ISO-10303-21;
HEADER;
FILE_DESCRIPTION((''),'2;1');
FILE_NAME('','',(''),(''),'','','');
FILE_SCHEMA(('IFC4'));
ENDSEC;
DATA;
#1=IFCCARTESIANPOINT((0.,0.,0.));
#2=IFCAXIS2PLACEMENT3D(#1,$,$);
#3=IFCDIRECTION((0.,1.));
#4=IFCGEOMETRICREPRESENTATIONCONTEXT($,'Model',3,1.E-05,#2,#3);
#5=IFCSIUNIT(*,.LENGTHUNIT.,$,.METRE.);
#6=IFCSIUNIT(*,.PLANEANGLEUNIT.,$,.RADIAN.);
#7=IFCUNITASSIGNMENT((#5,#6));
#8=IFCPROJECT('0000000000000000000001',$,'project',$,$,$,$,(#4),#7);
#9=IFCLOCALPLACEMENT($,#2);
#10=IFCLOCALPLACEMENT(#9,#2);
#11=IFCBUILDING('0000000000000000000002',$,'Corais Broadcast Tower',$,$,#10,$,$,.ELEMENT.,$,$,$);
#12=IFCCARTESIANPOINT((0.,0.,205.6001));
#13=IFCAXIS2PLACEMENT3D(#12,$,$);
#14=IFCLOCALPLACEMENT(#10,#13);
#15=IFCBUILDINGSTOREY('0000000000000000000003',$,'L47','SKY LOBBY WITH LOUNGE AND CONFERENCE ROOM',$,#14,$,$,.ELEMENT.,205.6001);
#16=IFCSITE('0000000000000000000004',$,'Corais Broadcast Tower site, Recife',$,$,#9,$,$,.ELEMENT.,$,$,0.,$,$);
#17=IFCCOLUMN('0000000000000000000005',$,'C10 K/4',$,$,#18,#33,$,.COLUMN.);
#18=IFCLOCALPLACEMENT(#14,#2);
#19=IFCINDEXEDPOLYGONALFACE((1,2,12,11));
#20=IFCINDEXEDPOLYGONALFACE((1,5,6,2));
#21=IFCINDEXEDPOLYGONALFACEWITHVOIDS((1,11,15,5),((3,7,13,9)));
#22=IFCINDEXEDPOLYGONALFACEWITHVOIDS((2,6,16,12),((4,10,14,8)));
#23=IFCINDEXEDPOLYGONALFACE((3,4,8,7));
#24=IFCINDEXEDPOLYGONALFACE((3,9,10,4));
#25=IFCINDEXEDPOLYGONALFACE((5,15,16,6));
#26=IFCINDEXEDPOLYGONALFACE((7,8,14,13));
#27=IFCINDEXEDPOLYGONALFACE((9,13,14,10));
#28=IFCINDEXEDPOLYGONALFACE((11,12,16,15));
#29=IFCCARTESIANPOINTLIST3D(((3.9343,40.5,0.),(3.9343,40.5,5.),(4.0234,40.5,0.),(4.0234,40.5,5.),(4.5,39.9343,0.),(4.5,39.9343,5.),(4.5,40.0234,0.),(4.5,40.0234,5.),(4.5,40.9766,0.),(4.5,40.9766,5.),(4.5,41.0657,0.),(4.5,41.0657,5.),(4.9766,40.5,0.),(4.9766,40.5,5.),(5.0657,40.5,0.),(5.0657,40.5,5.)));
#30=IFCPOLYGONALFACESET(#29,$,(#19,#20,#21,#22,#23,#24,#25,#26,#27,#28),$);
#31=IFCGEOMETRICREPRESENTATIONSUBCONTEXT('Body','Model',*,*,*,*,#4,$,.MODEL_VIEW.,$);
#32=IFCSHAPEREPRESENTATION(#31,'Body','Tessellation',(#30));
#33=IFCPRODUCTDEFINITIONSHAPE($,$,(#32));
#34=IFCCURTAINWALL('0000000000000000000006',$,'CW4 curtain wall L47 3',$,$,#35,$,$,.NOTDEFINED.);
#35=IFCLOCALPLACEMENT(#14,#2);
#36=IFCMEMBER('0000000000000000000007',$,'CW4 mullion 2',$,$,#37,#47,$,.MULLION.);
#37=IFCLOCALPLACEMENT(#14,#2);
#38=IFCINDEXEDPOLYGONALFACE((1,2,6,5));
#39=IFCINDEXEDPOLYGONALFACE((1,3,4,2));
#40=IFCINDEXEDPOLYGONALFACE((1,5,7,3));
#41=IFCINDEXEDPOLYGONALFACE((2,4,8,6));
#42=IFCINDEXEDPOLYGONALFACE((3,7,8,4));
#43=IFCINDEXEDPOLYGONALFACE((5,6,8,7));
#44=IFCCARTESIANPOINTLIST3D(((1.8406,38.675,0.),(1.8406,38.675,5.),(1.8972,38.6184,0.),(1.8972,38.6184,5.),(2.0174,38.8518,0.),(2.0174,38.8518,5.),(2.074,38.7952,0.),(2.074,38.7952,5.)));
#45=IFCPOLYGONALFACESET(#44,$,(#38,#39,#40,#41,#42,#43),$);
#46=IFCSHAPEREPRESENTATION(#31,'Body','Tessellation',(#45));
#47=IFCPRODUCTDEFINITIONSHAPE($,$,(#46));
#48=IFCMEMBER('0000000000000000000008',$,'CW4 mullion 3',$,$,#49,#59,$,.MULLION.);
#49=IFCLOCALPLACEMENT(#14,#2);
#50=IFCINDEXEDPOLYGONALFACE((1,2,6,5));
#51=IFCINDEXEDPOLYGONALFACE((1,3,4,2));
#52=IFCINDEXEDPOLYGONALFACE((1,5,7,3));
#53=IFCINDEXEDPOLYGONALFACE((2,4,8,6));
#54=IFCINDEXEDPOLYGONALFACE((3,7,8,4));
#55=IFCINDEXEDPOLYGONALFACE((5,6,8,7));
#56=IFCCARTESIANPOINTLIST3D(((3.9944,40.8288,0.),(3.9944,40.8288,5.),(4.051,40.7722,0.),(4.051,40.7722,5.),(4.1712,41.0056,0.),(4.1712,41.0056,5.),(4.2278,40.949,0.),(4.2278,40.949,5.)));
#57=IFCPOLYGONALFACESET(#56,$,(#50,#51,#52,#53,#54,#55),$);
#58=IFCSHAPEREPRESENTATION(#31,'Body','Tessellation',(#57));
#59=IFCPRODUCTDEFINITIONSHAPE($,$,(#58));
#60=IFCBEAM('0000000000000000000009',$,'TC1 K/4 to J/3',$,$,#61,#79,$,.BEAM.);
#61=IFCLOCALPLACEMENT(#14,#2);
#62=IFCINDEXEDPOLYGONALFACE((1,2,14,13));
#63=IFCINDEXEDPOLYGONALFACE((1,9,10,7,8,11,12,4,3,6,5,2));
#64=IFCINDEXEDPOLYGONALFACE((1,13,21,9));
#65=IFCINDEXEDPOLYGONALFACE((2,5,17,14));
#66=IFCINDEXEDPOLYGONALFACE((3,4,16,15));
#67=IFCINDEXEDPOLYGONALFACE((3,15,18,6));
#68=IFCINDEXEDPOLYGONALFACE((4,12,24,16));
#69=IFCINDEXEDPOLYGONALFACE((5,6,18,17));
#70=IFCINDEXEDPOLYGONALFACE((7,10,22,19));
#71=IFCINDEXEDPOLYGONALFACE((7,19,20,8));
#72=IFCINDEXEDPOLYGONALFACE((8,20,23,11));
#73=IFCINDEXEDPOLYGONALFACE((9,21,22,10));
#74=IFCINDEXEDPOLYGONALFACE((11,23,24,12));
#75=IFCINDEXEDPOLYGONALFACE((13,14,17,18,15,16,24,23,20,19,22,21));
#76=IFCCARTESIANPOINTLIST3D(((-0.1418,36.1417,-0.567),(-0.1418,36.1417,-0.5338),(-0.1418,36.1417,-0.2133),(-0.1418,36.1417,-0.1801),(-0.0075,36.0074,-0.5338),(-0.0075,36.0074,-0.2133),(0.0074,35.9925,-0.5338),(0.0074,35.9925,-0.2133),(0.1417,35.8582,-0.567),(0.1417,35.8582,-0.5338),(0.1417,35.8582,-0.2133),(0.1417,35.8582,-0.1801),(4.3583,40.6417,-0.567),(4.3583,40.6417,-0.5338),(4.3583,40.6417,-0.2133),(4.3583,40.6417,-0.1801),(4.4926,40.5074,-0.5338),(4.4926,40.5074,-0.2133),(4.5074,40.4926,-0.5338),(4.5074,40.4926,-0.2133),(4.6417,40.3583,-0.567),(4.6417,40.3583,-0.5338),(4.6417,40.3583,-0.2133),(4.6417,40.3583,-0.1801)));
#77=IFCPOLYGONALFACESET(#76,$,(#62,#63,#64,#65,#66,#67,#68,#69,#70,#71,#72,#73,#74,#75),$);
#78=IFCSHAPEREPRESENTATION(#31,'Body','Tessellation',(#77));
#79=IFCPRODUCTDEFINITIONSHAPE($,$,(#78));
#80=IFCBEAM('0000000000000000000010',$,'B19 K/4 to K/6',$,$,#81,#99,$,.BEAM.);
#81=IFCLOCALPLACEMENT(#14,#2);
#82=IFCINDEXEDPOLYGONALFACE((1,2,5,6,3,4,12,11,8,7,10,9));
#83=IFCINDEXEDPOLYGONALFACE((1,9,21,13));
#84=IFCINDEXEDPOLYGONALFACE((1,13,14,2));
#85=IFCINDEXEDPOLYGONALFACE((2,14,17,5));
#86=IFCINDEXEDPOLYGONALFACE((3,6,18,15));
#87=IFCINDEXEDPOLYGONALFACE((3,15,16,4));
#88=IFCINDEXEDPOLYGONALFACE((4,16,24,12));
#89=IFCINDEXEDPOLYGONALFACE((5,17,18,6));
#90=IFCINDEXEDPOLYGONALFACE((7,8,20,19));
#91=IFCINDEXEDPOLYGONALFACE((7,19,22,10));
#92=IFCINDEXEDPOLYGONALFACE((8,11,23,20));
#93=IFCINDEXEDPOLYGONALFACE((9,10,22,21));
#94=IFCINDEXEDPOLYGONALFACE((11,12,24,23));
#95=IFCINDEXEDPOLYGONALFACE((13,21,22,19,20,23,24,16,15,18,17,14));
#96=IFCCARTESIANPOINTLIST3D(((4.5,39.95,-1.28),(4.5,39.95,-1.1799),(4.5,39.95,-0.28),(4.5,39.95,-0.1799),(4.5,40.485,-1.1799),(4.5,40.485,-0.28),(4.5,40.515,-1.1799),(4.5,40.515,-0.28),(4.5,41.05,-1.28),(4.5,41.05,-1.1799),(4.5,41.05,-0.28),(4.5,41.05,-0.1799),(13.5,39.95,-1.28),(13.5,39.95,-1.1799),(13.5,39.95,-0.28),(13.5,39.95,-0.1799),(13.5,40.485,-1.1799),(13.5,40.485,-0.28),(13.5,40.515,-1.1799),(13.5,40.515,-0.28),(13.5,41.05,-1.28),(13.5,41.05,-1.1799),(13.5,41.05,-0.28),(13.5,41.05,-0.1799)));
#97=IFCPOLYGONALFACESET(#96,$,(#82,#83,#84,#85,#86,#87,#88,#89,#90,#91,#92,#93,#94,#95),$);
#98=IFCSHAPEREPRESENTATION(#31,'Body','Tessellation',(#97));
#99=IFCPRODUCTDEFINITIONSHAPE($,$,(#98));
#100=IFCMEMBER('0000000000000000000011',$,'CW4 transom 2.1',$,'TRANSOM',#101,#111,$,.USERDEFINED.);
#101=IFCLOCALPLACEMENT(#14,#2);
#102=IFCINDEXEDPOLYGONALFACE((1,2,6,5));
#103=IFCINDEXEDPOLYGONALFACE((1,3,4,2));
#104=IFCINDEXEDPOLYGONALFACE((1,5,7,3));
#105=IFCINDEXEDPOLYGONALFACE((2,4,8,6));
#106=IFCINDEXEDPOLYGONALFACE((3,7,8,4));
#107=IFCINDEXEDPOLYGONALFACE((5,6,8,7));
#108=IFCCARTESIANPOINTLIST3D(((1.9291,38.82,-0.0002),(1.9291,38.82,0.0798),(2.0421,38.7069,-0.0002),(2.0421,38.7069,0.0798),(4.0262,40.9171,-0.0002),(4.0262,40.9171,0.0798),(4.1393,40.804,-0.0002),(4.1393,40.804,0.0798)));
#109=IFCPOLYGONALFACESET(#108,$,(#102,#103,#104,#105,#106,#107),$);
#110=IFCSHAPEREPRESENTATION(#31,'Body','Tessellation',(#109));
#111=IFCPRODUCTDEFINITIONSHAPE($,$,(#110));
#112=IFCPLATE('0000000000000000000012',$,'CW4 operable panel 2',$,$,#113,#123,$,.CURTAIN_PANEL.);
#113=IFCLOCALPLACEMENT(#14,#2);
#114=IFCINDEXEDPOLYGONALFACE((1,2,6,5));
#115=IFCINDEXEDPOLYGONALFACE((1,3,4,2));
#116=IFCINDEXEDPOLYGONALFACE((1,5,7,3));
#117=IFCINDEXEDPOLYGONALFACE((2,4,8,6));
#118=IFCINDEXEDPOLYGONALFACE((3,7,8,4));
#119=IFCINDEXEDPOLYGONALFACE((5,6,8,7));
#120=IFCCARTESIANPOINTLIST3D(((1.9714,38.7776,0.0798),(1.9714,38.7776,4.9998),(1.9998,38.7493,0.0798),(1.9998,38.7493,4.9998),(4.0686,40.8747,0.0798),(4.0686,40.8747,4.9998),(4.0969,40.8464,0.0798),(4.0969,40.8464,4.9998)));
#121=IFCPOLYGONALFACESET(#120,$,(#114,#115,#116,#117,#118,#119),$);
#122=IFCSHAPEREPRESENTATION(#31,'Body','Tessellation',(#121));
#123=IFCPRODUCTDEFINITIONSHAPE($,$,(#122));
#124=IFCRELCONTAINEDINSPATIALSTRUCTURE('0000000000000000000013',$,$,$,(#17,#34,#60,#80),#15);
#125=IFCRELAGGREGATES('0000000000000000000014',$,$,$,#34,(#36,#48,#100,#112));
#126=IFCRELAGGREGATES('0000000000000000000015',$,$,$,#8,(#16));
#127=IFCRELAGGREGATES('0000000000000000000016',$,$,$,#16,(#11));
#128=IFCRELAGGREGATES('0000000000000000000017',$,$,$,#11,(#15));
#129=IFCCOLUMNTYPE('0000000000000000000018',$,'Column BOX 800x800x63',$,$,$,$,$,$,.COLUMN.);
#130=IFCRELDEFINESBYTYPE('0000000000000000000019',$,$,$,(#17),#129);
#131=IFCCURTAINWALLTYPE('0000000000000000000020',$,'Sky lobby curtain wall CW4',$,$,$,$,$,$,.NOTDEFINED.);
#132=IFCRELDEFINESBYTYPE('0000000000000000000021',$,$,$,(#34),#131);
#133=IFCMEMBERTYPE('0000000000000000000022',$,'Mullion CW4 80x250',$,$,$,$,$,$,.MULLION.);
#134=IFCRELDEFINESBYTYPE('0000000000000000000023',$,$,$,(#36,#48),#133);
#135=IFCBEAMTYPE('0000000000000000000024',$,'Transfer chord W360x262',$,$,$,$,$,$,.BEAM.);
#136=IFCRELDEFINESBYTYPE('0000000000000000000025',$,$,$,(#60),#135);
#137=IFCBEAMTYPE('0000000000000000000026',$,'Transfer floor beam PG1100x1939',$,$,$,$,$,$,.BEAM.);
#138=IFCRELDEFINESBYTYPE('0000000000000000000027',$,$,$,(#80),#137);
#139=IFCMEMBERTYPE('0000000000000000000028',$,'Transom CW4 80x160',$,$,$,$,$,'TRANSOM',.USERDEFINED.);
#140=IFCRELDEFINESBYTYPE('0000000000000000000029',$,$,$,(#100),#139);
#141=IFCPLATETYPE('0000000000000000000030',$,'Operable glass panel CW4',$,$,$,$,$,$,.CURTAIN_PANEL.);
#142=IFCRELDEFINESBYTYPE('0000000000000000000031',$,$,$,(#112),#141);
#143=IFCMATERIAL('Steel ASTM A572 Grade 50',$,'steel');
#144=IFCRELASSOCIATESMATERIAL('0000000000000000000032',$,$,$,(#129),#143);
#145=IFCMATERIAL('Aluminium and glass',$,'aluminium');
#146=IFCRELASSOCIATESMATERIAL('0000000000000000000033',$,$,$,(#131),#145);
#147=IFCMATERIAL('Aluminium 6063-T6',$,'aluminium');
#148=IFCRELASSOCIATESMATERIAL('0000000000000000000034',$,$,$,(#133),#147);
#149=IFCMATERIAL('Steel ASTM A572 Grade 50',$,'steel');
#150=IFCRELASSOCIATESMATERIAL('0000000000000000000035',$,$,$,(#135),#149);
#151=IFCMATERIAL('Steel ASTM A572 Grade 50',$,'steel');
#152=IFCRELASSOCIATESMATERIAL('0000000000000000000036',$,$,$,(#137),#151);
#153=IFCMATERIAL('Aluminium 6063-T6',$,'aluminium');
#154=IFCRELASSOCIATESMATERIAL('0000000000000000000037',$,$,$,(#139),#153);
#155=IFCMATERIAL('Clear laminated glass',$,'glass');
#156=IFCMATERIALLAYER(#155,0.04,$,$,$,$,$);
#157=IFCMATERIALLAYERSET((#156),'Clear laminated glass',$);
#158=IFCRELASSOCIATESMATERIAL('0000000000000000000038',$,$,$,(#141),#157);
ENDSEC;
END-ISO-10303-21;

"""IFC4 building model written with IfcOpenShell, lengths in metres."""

from ifc_helpers import new_model, si_unit, direction, frame, origin, origin_2d, place, context, subcontext, project, spatial, rectangle, hollow_rectangle, i_section, extrude, material, layer, layer_set, material_profile, profile_set, type_object, element, aggregate, save


model = new_model("IFC4")

# Units and contexts
model_context = context("Model", 3, precision=1e-05, world=origin(), true_north=direction((0.0, 1.0)))
body_context = subcontext(model_context, "Body", "Model", "MODEL_VIEW")
ifc_project = project(units=[si_unit("LENGTHUNIT", "METRE"), si_unit("PLANEANGLEUNIT", "RADIAN")], contexts=[model_context])

# Site, building, storey
site_placement = place(None, origin())
site = spatial("IfcSite", under=ifc_project, at=site_placement, Name="Corais Broadcast Tower site, Recife", CompositionType="ELEMENT", RefElevation=0.0)
building_placement = place(site_placement, origin())
building = spatial("IfcBuilding", under=site, at=building_placement, Name="Corais Broadcast Tower", CompositionType="ELEMENT")
storey_placement = place(building_placement, frame((0.0, 0.0, 205.6001)))
storey = spatial("IfcBuildingStorey", under=building, at=storey_placement, Name="L47", Description="SKY LOBBY WITH LOUNGE AND CONFERENCE ROOM", CompositionType="ELEMENT", Elevation=205.6001)

# Column
ifc_material_1 = material(Name="Steel ASTM A572 Grade 50", Category="steel")
ifc_material_profile_1 = material_profile(ifc_material_1, hollow_rectangle(XDim=0.8, YDim=0.8, WallThickness=0.063, at=origin_2d()), Name="BOX 800x800x63")
ifc_profile_set_1 = profile_set([ifc_material_profile_1], Name="Steel ASTM A572 Grade 50")
column_type = type_object("IfcColumnType", Name="Column BOX 800x800x63", PredefinedType="COLUMN", material=ifc_profile_set_1)
column_placement = place(storey_placement, frame((4.5, 40.5, 0.0), z_axis=(0.0, 0.0, 1.0), x_axis=(0.707107, 0.707107, 0.0)))
element("IfcColumn", 1, at=column_placement, inside=storey, type_object=column_type, Name="C10 K/4", PredefinedType="COLUMN", context=body_context, shape_type="SweptSolid", body=[
    extrude(hollow_rectangle(XDim=0.8, YDim=0.8, WallThickness=0.063, at=origin_2d()), origin(), (0.0, 0.0, 1.0), 5.0),
])

# Curtain wall, members
ifc_material_2 = material(Name="Aluminium and glass", Category="aluminium")
curtain_wall_type = type_object("IfcCurtainWallType", Name="Sky lobby curtain wall CW4", PredefinedType="NOTDEFINED", material=ifc_material_2)
curtain_wall_placement = place(storey_placement, origin())
curtain_wall = element("IfcCurtainWall", 2, at=curtain_wall_placement, inside=storey, type_object=curtain_wall_type, Name="CW4 curtain wall L47 3", PredefinedType="NOTDEFINED")
ifc_material_3 = material(Name="Aluminium 6063-T6", Category="aluminium")
ifc_material_profile_2 = material_profile(ifc_material_3, rectangle(XDim=0.0801, YDim=0.25, at=origin_2d()), Name="Mullion CW4 80x250")
ifc_profile_set_2 = profile_set([ifc_material_profile_2], Name="Aluminium 6063-T6")
member_type_1 = type_object("IfcMemberType", Name="Mullion CW4 80x250", PredefinedType="MULLION", material=ifc_profile_set_2)
member_1_placement = place(storey_placement, frame((1.9573, 38.7351, 0.0), z_axis=(0.0, 0.0, 1.0), x_axis=(-0.707107, 0.707107, 0.0)))
member_1 = element("IfcMember", 3, at=member_1_placement, type_object=member_type_1, Name="CW4 mullion 2", PredefinedType="MULLION", context=body_context, shape_type="SweptSolid", body=[
    extrude(rectangle(XDim=0.0801, YDim=0.25, at=origin_2d()), origin(), (0.0, 0.0, 1.0), 5.0),
])
member_2_placement = place(storey_placement, frame((4.1111, 40.8889, 0.0), z_axis=(0.0, 0.0, 1.0), x_axis=(-0.707107, 0.707107, 0.0)))
member_2 = element("IfcMember", 4, at=member_2_placement, type_object=member_type_1, Name="CW4 mullion 3", PredefinedType="MULLION", context=body_context, shape_type="SweptSolid", body=[
    extrude(rectangle(XDim=0.0801, YDim=0.25, at=origin_2d()), origin(), (0.0, 0.0, 1.0), 5.0),
])

# Beams
ifc_material_4 = material(Name="Steel ASTM A572 Grade 50", Category="steel")
ifc_material_profile_3 = material_profile(ifc_material_4, i_section(OverallWidth=0.4009, OverallDepth=0.387, WebThickness=0.021, FlangeThickness=0.0332, at=origin_2d()), Name="W360x262")
ifc_profile_set_3 = profile_set([ifc_material_profile_3], Name="Steel ASTM A572 Grade 50")
beam_type_1 = type_object("IfcBeamType", Name="Transfer chord W360x262", PredefinedType="BEAM", material=ifc_profile_set_3)
beam_1_placement = place(storey_placement, frame((4.5, 40.5, -0.3735), z_axis=(-0.707107, -0.707107, 0.0), x_axis=(0.707107, -0.707107, 0.0)))
element("IfcBeam", 5, at=beam_1_placement, inside=storey, type_object=beam_type_1, Name="TC1 K/4 to J/3", PredefinedType="BEAM", context=body_context, shape_type="SweptSolid", body=[
    extrude(i_section(OverallWidth=0.4009, OverallDepth=0.387, WebThickness=0.021, FlangeThickness=0.0332, at=origin_2d()), origin(), (0.0, 0.0, 1.0), 6.364),
])
ifc_material_5 = material(Name="Steel ASTM A572 Grade 50", Category="steel")
ifc_material_profile_4 = material_profile(ifc_material_5, i_section(OverallWidth=1.1001, OverallDepth=1.1001, WebThickness=0.03, FlangeThickness=0.1001, at=origin_2d()), Name="PG1100x1939")
ifc_profile_set_4 = profile_set([ifc_material_profile_4], Name="Steel ASTM A572 Grade 50")
beam_type_2 = type_object("IfcBeamType", Name="Transfer floor beam PG1100x1939", PredefinedType="BEAM", material=ifc_profile_set_4)
beam_2_placement = place(storey_placement, frame((4.5, 40.5, -0.73), z_axis=(1.0, 0.0, 0.0), x_axis=(0.0, 1.0, 0.0)))
element("IfcBeam", 6, at=beam_2_placement, inside=storey, type_object=beam_type_2, Name="B19 K/4 to K/6", PredefinedType="BEAM", context=body_context, shape_type="SweptSolid", body=[
    extrude(i_section(OverallWidth=1.1001, OverallDepth=1.1001, WebThickness=0.03, FlangeThickness=0.1001, at=origin_2d()), origin(), (0.0, 0.0, 1.0), 9.0),
])

# Member
ifc_material_6 = material(Name="Aluminium 6063-T6", Category="aluminium")
ifc_material_profile_5 = material_profile(ifc_material_6, rectangle(XDim=0.1599, YDim=0.0801, at=origin_2d()), Name="Transom CW4 80x160")
ifc_profile_set_5 = profile_set([ifc_material_profile_5], Name="Aluminium 6063-T6")
member_type_2 = type_object("IfcMemberType", Name="Transom CW4 80x160", ElementType="TRANSOM", PredefinedType="USERDEFINED", material=ifc_profile_set_5)
member_3_placement = place(storey_placement, frame((1.9856, 38.7634, 0.0398), z_axis=(0.707107, 0.707107, 0.0), x_axis=(-0.707107, 0.707107, 0.0)))
member_3 = element("IfcMember", 7, at=member_3_placement, type_object=member_type_2, Name="CW4 transom 2.1", ObjectType="TRANSOM", PredefinedType="USERDEFINED", context=body_context, shape_type="SweptSolid", body=[
    extrude(rectangle(XDim=0.1599, YDim=0.0801, at=origin_2d()), origin(), (0.0, 0.0, 1.0), 2.9658),
])

# Plate
ifc_material_7 = material(Name="Clear laminated glass", Category="glass")
ifc_layer_1 = layer(ifc_material_7, 0.04)
ifc_layer_set_1 = layer_set([ifc_layer_1], Name="Clear laminated glass")
plate_type = type_object("IfcPlateType", Name="Operable glass panel CW4", PredefinedType="CURTAIN_PANEL", material=ifc_layer_set_1)
plate_placement = place(storey_placement, frame((3.0342, 39.812, 0.0798), z_axis=(0.0, 0.0, 1.0), x_axis=(0.707107, 0.707107, 0.0)))
plate = element("IfcPlate", 8, at=plate_placement, type_object=plate_type, Name="CW4 operable panel 2", PredefinedType="CURTAIN_PANEL", context=body_context, shape_type="SweptSolid", body=[
    extrude(rectangle(XDim=2.9658, YDim=0.04, at=origin_2d()), origin(), (0.0, 0.0, 1.0), 4.9199),
])
aggregate(curtain_wall, [member_1, member_2, member_3, plate])

save(model, "model.ifc")
